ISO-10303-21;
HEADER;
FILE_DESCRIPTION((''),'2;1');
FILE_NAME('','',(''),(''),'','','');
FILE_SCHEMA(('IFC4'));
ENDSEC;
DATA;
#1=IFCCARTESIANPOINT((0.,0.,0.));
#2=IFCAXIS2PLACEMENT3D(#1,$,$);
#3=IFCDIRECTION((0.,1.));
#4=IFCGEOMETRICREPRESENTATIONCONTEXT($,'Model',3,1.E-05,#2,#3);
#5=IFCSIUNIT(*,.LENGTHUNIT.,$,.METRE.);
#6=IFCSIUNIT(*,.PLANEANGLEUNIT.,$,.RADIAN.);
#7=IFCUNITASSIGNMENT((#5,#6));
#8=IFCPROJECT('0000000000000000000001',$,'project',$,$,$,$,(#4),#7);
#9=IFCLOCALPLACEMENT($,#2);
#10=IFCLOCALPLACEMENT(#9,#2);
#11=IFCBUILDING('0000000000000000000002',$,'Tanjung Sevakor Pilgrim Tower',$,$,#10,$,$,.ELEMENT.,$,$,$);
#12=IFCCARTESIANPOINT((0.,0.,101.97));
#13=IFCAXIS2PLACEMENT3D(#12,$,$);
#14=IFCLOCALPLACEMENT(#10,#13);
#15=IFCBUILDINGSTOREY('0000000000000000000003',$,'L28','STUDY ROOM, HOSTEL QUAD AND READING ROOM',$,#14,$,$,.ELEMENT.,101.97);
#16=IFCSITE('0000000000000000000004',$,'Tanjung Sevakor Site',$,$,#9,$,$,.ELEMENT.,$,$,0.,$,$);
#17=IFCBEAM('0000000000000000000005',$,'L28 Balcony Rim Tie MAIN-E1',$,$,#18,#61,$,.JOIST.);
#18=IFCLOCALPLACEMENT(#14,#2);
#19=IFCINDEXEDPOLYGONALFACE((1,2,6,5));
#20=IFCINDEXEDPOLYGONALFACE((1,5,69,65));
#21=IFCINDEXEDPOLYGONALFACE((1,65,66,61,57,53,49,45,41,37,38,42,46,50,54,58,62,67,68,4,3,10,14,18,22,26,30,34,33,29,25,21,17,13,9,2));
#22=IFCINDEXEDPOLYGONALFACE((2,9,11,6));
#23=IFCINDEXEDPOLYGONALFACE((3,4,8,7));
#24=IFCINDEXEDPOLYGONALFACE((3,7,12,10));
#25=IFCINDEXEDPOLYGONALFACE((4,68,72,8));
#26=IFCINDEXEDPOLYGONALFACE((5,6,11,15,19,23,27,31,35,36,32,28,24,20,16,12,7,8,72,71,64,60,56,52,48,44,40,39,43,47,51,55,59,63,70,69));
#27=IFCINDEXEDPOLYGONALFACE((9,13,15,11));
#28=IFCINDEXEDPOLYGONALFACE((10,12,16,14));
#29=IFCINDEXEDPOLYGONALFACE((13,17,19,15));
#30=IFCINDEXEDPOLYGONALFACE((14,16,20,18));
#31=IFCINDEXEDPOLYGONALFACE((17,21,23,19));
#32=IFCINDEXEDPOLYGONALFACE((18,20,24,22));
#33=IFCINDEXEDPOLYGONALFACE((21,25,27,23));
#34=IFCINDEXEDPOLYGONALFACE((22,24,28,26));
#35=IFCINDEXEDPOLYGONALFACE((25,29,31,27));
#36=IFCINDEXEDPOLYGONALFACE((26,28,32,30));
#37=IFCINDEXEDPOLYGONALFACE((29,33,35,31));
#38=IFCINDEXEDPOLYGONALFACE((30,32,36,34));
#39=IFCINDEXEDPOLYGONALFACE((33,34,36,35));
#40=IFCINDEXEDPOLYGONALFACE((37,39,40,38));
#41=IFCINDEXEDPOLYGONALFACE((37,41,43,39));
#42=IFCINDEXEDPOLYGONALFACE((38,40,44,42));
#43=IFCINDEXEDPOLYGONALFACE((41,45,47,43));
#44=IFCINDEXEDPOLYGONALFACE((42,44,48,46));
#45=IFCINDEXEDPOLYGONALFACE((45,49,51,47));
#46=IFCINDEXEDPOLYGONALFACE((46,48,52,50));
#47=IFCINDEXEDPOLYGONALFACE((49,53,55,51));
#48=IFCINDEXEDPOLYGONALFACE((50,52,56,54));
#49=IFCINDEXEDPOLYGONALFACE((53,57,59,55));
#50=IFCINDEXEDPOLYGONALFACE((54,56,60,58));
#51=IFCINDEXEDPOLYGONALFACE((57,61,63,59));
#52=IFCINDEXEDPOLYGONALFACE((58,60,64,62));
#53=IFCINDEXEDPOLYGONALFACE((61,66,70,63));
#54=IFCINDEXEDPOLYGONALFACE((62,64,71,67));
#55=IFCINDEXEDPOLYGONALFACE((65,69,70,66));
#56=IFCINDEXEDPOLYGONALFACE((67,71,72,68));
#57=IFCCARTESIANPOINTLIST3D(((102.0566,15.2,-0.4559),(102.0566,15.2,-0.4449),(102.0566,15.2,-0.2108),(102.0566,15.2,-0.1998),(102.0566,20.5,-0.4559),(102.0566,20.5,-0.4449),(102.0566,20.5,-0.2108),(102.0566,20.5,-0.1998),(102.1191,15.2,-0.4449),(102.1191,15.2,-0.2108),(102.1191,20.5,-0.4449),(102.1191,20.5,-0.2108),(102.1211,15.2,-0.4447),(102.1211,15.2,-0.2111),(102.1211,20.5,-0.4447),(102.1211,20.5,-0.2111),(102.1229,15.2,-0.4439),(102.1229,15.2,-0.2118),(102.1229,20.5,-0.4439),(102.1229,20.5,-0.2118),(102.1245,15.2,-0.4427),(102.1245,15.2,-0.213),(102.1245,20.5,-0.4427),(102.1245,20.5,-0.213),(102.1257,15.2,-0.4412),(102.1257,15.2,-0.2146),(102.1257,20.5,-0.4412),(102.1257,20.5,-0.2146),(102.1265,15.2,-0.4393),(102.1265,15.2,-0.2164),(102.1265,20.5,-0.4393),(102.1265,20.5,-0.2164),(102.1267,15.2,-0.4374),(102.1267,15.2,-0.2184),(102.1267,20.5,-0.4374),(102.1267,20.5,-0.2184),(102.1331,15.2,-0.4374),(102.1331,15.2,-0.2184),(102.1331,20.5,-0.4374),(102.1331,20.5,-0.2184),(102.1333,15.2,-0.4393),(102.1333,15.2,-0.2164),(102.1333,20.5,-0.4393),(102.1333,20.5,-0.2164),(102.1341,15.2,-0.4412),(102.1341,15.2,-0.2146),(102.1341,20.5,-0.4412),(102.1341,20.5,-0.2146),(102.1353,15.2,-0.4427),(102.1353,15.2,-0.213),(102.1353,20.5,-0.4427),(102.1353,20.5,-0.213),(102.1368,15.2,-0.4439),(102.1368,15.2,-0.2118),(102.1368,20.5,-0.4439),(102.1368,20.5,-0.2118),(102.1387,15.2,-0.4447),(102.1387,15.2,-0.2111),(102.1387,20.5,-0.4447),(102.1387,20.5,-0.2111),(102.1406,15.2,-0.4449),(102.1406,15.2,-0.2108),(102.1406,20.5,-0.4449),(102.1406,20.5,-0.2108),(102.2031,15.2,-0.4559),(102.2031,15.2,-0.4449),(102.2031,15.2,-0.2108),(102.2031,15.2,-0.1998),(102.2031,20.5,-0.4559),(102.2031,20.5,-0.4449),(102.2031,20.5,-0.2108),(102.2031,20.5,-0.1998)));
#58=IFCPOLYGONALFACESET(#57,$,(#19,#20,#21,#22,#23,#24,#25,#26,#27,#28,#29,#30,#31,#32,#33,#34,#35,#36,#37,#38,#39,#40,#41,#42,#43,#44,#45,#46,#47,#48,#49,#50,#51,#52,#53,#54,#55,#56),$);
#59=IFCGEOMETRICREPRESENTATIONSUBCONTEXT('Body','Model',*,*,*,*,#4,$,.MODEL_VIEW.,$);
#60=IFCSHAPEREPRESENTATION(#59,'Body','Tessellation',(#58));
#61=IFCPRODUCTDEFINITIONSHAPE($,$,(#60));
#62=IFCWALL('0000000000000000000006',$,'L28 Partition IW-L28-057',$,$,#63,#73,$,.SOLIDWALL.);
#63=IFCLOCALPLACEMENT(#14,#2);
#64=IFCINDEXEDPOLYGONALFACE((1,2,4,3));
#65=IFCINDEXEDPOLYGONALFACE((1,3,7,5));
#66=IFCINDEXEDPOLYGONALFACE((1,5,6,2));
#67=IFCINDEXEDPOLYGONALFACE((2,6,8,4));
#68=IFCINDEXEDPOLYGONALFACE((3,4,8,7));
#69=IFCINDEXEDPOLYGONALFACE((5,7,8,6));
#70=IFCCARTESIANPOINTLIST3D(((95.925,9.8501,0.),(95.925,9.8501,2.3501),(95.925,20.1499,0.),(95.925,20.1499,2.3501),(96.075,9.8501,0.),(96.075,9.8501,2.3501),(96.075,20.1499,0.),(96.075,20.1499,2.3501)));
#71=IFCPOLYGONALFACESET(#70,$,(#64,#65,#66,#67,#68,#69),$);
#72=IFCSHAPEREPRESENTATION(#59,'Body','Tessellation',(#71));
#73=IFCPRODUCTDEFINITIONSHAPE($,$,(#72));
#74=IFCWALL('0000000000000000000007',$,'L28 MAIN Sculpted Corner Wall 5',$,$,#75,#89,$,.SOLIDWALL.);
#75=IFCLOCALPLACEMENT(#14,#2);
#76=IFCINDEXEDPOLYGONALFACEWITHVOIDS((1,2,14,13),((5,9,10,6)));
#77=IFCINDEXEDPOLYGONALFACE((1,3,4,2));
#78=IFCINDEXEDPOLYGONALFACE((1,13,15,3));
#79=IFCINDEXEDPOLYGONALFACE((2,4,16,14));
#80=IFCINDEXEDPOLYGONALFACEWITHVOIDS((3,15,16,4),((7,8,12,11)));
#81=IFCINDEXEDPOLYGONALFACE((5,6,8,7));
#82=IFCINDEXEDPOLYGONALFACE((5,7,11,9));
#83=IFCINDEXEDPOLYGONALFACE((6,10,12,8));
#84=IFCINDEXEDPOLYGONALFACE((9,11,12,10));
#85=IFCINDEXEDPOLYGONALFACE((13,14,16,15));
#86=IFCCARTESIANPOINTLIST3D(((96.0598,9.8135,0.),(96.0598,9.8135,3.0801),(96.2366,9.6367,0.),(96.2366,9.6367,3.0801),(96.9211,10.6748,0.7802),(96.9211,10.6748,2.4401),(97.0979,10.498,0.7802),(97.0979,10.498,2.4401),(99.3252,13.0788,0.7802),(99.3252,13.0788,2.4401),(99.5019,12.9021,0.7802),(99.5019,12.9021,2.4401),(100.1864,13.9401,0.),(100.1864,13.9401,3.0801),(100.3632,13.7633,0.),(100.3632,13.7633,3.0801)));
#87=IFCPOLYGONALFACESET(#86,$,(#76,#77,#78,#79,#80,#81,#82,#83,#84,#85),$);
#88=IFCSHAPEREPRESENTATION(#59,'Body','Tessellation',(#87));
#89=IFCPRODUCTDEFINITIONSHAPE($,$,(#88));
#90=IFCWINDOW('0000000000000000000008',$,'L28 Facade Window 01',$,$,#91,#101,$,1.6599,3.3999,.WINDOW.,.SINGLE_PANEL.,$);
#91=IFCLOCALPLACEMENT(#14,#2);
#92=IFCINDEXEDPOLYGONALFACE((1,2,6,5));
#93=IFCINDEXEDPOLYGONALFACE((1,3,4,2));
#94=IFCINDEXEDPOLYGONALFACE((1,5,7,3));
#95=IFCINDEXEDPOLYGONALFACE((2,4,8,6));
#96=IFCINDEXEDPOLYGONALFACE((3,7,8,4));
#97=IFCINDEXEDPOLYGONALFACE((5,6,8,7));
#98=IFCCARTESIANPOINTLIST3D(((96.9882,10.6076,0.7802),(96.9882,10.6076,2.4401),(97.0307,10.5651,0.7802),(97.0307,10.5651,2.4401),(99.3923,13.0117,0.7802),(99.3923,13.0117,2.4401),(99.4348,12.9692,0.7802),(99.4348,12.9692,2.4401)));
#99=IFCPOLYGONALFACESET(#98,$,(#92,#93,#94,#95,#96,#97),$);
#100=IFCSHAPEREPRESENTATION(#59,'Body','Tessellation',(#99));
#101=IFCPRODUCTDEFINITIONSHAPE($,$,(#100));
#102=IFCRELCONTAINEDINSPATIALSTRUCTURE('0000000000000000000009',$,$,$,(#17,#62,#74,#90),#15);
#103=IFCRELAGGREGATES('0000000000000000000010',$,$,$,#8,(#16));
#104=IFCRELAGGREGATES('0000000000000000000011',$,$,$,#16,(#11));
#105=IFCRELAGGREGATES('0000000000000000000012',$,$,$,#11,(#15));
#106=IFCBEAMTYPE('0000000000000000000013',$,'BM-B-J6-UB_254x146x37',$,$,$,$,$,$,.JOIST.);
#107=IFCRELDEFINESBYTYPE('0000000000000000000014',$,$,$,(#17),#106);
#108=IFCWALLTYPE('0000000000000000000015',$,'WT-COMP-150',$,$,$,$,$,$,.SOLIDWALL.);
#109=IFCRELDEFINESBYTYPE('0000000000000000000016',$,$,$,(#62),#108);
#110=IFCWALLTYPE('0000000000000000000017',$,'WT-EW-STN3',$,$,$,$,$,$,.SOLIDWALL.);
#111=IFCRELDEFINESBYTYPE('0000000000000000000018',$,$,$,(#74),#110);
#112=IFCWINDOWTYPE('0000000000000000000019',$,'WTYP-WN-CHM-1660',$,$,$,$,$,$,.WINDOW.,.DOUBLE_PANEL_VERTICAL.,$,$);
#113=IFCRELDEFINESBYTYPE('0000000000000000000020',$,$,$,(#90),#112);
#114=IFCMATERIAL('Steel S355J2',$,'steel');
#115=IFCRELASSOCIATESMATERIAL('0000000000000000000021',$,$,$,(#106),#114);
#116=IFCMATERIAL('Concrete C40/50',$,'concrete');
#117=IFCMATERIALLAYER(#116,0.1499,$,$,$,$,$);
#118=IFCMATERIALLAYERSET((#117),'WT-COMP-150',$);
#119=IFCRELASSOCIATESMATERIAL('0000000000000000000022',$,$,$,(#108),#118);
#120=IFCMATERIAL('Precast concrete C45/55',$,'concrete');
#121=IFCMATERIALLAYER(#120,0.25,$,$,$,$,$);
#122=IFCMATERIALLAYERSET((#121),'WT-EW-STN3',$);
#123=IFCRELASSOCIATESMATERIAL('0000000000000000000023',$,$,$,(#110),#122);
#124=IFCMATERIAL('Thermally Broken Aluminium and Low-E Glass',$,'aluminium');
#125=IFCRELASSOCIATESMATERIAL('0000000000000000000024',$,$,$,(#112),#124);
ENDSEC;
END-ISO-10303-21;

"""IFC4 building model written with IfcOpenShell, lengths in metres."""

from ifc_helpers import new_model, si_unit, direction, frame, frame_2d, origin, origin_2d, place, context, subcontext, project, spatial, rectangle, i_section, extrude, material, layer, layer_set, material_profile, profile_set, type_object, element, fill, save


model = new_model("IFC4")

# Units and contexts
model_context = context("Model", 3, precision=1e-05, world=origin(), true_north=direction((0.0, 1.0)))
body_context = subcontext(model_context, "Body", "Model", "MODEL_VIEW")
ifc_project = project(units=[si_unit("LENGTHUNIT", "METRE"), si_unit("PLANEANGLEUNIT", "RADIAN")], contexts=[model_context])

# Site, building, storey
site_placement = place(None, origin())
site = spatial("IfcSite", under=ifc_project, at=site_placement, Name="Tanjung Sevakor Site", CompositionType="ELEMENT", RefElevation=0.0)
building_placement = place(site_placement, origin())
building = spatial("IfcBuilding", under=site, at=building_placement, Name="Tanjung Sevakor Pilgrim Tower", CompositionType="ELEMENT")
storey_placement = place(building_placement, frame((0.0, 0.0, 101.97)))
storey = spatial("IfcBuildingStorey", under=building, at=storey_placement, Name="L28", Description="STUDY ROOM, HOSTEL QUAD AND READING ROOM", CompositionType="ELEMENT", Elevation=101.97)

# Beam
ifc_material_1 = material(Name="Steel S355J2", Category="steel")
ifc_material_profile_1 = material_profile(ifc_material_1, i_section(OverallWidth=0.1465, OverallDepth=0.2561, WebThickness=0.0063, FlangeThickness=0.011, FilletRadius=0.0076, at=origin_2d()))
ifc_profile_set_1 = profile_set([ifc_material_profile_1], Name="Steel S355J2")
beam_type_1 = type_object("IfcBeamType", Name="BM-B-J6-UB_254x146x37", PredefinedType="JOIST", material=ifc_profile_set_1)
beam_1_placement = place(storey_placement, frame((102.1299, 15.2, -0.3279), z_axis=(0.0, 1.0, 0.0), x_axis=(-1.0, 0.0, 0.0)))
element("IfcBeam", 1, at=beam_1_placement, inside=storey, type_object=beam_type_1, Name="L28 Balcony Rim Tie MAIN-E1", PredefinedType="JOIST", context=body_context, shape_type="SweptSolid", body=[
    extrude(i_section(OverallWidth=0.1465, OverallDepth=0.2561, WebThickness=0.0063, FlangeThickness=0.011, FilletRadius=0.0076, at=origin_2d()), origin(), (0.0, 0.0, 1.0), 5.3),
])

# Wall
ifc_material_2 = material(Name="Concrete C40/50", Category="concrete")
ifc_layer_1 = layer(ifc_material_2, 0.1499)
ifc_layer_set_1 = layer_set([ifc_layer_1], Name="WT-COMP-150")
wall_type_1 = type_object("IfcWallType", Name="WT-COMP-150", PredefinedType="SOLIDWALL", material=ifc_layer_set_1)
wall_1_placement = place(storey_placement, frame((96.0, 9.8501, 0.0), z_axis=(0.0, 0.0, 1.0), x_axis=(0.0, 1.0, 0.0)))
element("IfcWall", 2, at=wall_1_placement, inside=storey, type_object=wall_type_1, Name="L28 Partition IW-L28-057", PredefinedType="SOLIDWALL", context=body_context, shape_type="SweptSolid", body=[
    extrude(rectangle(XDim=10.2998, YDim=0.1499, at=frame_2d((5.1499, 0.0))), origin(), (0.0, 0.0, 1.0), 2.3501),
])

# Wall, opening, window
ifc_material_3 = material(Name="Precast concrete C45/55", Category="concrete")
ifc_layer_2 = layer(ifc_material_3, 0.25)
ifc_layer_set_2 = layer_set([ifc_layer_2], Name="WT-EW-STN3")
wall_type_2 = type_object("IfcWallType", Name="WT-EW-STN3", PredefinedType="SOLIDWALL", material=ifc_layer_set_2)
wall_2_placement = place(storey_placement, frame((96.1482, 9.7251, 0.0), z_axis=(0.0, 0.0, 1.0), x_axis=(0.707107, 0.707107, 0.0)))
wall_2 = element("IfcWall", 3, at=wall_2_placement, inside=storey, type_object=wall_type_2, Name="L28 MAIN Sculpted Corner Wall 5", PredefinedType="SOLIDWALL", context=body_context, shape_type="SweptSolid", body=[
    extrude(rectangle(XDim=5.8359, YDim=0.25, at=frame_2d((2.918, 0.0))), origin(), (0.0, 0.0, 1.0), 3.0801),
])
opening_1_placement = place(wall_2_placement, frame((1.218, 0.0, 0.78)))
opening_1 = element("IfcOpeningElement", 4, at=opening_1_placement, cuts=wall_2, PredefinedType="OPENING", context=body_context, shape_type="SweptSolid", body=[
    extrude(rectangle(XDim=3.3999, YDim=1.6599, at=frame_2d((1.7, 0.8301))), frame((0.0, 0.135, 0.0), z_axis=(0.0, -1.0, 0.0), x_axis=(1.0, 0.0, 0.0)), (0.0, 0.0, 1.0), 0.27),
])
ifc_material_4 = material(Name="Thermally Broken Aluminium and Low-E Glass", Category="aluminium")
window_type_1 = type_object("IfcWindowType", Name="WTYP-WN-CHM-1660", PartitioningType="DOUBLE_PANEL_VERTICAL", PredefinedType="WINDOW", material=ifc_material_4)
window_1_placement = place(opening_1_placement, origin())
window_1 = element("IfcWindow", 5, at=window_1_placement, inside=storey, type_object=window_type_1, Name="L28 Facade Window 01", OverallHeight=1.6599, OverallWidth=3.3999, PartitioningType="SINGLE_PANEL", PredefinedType="WINDOW", context=body_context, shape_type="SweptSolid", body=[
    extrude(rectangle(XDim=3.3999, YDim=1.6599, at=frame_2d((1.7, 0.8301))), frame((0.0, 0.03, 0.0), z_axis=(0.0, -1.0, 0.0), x_axis=(1.0, 0.0, 0.0)), (0.0, 0.0, 1.0), 0.0601),
])
fill(opening_1, window_1)

save(model, "model.ifc")
